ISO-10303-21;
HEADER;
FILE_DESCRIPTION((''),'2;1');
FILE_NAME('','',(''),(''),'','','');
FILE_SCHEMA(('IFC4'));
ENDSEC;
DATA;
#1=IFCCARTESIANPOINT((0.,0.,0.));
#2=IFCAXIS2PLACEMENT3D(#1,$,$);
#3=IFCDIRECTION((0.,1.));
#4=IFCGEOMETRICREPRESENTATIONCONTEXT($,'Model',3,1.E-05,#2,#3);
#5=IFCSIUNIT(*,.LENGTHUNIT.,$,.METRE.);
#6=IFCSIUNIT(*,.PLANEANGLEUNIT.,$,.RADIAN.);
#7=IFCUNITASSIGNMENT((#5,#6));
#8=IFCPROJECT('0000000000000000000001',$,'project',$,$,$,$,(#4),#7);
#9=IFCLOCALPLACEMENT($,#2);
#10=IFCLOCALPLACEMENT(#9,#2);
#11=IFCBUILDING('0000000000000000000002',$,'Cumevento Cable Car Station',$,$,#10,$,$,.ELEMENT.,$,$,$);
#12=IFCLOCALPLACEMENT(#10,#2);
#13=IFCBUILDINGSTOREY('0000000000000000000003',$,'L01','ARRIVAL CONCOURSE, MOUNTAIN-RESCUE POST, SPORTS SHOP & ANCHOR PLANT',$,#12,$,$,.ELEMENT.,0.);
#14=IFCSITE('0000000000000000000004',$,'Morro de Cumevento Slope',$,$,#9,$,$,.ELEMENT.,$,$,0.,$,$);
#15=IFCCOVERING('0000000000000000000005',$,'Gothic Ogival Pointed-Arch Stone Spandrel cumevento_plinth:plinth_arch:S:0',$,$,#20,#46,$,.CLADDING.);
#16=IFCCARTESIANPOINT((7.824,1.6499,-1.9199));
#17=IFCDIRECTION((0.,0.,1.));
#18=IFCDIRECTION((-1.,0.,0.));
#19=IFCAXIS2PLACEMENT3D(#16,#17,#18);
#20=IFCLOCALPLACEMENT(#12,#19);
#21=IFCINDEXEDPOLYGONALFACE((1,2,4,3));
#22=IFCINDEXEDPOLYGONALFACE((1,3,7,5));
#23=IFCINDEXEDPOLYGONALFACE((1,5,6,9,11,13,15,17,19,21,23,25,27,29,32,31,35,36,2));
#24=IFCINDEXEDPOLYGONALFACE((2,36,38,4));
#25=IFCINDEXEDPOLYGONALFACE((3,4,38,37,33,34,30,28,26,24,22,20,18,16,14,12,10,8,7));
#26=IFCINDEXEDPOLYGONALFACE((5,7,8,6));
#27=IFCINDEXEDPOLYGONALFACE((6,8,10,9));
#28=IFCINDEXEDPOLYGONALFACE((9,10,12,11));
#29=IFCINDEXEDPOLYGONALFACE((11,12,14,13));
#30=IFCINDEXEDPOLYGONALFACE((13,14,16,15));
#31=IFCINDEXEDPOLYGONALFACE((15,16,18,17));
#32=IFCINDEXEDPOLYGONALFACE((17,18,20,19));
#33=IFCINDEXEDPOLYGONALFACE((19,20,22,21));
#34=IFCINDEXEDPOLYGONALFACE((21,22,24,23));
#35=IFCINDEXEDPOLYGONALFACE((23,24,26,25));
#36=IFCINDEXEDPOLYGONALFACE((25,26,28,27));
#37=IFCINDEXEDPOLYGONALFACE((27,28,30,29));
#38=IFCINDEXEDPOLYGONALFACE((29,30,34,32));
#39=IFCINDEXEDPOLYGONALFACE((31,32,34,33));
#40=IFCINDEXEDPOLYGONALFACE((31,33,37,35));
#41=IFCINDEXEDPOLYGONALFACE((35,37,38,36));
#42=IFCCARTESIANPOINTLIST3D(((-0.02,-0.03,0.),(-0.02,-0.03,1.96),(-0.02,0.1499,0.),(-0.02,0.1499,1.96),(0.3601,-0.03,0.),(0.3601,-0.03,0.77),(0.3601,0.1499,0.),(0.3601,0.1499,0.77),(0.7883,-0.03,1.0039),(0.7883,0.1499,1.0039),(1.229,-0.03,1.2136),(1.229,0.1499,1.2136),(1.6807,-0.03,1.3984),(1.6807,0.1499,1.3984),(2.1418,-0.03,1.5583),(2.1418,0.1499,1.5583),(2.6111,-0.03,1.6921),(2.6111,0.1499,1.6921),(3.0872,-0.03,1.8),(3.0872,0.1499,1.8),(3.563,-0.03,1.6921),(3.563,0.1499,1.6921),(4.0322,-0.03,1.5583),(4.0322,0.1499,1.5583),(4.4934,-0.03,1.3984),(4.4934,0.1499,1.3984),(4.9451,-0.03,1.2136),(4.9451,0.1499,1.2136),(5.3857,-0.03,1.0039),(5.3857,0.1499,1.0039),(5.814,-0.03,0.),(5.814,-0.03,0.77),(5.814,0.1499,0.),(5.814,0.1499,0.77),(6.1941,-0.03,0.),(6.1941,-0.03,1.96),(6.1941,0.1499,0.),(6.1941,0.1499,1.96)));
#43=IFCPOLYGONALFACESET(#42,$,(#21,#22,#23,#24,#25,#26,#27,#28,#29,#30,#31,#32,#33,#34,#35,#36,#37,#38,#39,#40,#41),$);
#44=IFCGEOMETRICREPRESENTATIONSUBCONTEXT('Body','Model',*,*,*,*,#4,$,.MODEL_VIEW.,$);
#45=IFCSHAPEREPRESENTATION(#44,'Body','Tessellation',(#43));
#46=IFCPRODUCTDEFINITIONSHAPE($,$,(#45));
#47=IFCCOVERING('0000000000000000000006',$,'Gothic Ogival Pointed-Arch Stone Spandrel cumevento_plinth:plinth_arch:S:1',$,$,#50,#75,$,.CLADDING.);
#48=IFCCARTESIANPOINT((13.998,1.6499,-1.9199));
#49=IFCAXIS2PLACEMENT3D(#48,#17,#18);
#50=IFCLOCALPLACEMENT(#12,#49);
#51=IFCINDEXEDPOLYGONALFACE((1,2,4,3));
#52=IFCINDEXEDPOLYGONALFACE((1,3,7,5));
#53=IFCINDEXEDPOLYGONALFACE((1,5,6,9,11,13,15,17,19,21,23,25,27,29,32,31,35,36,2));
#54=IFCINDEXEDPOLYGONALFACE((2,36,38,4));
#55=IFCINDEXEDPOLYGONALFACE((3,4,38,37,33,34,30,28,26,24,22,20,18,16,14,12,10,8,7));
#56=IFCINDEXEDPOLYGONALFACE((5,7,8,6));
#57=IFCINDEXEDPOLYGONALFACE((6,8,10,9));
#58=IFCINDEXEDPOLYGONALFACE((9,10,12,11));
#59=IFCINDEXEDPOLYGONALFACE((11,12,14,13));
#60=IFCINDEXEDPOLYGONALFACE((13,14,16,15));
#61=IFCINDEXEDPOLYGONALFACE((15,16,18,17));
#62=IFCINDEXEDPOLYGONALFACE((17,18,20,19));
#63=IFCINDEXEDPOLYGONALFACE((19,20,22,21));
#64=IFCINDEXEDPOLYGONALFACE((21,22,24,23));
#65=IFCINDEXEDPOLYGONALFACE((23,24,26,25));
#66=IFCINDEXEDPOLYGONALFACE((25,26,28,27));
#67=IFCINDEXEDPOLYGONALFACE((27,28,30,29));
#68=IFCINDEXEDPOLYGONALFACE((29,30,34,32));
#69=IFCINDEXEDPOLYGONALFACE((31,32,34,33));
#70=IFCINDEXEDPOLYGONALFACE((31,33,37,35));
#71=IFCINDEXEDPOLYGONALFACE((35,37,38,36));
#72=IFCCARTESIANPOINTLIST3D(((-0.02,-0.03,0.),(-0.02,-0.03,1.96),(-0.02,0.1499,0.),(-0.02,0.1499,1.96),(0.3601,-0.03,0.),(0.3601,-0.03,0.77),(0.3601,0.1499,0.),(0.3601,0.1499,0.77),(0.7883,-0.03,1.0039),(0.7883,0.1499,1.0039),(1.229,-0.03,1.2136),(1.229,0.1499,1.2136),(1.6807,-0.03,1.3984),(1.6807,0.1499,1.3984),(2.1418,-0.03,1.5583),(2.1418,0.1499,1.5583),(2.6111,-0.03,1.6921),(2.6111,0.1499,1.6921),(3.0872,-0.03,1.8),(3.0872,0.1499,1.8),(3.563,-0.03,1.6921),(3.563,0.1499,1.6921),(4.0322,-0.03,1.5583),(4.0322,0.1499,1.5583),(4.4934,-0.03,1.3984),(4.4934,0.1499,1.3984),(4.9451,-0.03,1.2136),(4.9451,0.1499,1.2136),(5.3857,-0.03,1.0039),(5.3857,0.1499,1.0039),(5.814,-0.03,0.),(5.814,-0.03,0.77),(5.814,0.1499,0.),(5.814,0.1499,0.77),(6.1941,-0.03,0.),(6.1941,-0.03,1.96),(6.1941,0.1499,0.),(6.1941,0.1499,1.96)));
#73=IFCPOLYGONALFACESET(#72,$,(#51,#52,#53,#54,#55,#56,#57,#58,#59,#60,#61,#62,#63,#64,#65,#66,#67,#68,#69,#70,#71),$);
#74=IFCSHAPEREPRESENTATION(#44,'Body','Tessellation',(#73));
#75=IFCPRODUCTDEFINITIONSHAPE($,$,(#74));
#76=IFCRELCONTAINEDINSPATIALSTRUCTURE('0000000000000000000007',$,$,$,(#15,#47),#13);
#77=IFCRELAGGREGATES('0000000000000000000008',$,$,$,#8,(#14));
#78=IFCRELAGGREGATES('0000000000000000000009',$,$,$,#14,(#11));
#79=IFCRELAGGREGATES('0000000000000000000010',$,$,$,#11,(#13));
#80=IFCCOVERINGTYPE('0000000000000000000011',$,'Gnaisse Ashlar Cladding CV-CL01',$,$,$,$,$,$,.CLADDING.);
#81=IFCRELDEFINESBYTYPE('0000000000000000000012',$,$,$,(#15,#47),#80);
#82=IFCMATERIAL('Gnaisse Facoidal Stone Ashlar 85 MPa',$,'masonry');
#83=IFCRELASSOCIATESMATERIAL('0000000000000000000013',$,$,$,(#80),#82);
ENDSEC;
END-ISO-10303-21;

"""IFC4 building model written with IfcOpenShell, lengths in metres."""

from ifc_helpers import new_model, si_unit, direction, frame, origin, place, context, subcontext, project, spatial, polyline, outline, extrude, material, type_object, element, save


model = new_model("IFC4")

# Units and contexts
model_context = context("Model", 3, precision=1e-05, world=origin(), true_north=direction((0.0, 1.0)))
body_context = subcontext(model_context, "Body", "Model", "MODEL_VIEW")
ifc_project = project(units=[si_unit("LENGTHUNIT", "METRE"), si_unit("PLANEANGLEUNIT", "RADIAN")], contexts=[model_context])

# Site, building, storey
site_placement = place(None, origin())
site = spatial("IfcSite", under=ifc_project, at=site_placement, Name="Morro de Cumevento Slope", CompositionType="ELEMENT", RefElevation=0.0)
building_placement = place(site_placement, origin())
building = spatial("IfcBuilding", under=site, at=building_placement, Name="Cumevento Cable Car Station", CompositionType="ELEMENT")
storey_placement = place(building_placement, origin())
storey = spatial("IfcBuildingStorey", under=building, at=storey_placement, Name="L01", Description="ARRIVAL CONCOURSE, MOUNTAIN-RESCUE POST, SPORTS SHOP & ANCHOR PLANT", CompositionType="ELEMENT", Elevation=0.0)

# Coverings
ifc_material_1 = material(Name="Gnaisse Facoidal Stone Ashlar 85 MPa", Category="masonry")
covering_type = type_object("IfcCoveringType", Name="Gnaisse Ashlar Cladding CV-CL01", PredefinedType="CLADDING", material=ifc_material_1)
for number, where, z_axis, x_axis, name in (
    (1, (7.824, 1.6499, -1.9199), (0.0, 0.0, 1.0), (-1.0, 0.0, 0.0), "Gothic Ogival Pointed-Arch Stone Spandrel cumevento_plinth:plinth_arch:S:0"),
    (2, (13.998, 1.6499, -1.9199), (0.0, 0.0, 1.0), (-1.0, 0.0, 0.0), "Gothic Ogival Pointed-Arch Stone Spandrel cumevento_plinth:plinth_arch:S:1"),
):
    element("IfcCovering", number, at=place(storey_placement, frame(where, z_axis=z_axis, x_axis=x_axis)), inside=storey, type_object=covering_type, Name=name, PredefinedType="CLADDING", context=body_context, shape_type="SweptSolid", body=[
        extrude(outline(polyline([(-0.02, 0.0), (-0.02, 1.96), (6.1941, 1.96), (6.1941, 0.0), (5.814, 0.0), (5.814, 0.77), (5.3857, 1.0039), (4.9451, 1.2136), (4.4934, 1.3984), (4.0322, 1.5583), (3.563, 1.6921), (3.0872, 1.8), (2.6111, 1.6921), (2.1418, 1.5583), (1.6807, 1.3984), (1.229, 1.2136), (0.7883, 1.0039), (0.3601, 0.77), (0.3601, 0.0), (-0.02, 0.0)])), frame((0.0, 0.1499, 0.0), z_axis=(0.0, -1.0, 0.0), x_axis=(1.0, 0.0, 0.0)), (0.0, 0.0, 1.0), 0.1799),
    ])

save(model, "model.ifc")
